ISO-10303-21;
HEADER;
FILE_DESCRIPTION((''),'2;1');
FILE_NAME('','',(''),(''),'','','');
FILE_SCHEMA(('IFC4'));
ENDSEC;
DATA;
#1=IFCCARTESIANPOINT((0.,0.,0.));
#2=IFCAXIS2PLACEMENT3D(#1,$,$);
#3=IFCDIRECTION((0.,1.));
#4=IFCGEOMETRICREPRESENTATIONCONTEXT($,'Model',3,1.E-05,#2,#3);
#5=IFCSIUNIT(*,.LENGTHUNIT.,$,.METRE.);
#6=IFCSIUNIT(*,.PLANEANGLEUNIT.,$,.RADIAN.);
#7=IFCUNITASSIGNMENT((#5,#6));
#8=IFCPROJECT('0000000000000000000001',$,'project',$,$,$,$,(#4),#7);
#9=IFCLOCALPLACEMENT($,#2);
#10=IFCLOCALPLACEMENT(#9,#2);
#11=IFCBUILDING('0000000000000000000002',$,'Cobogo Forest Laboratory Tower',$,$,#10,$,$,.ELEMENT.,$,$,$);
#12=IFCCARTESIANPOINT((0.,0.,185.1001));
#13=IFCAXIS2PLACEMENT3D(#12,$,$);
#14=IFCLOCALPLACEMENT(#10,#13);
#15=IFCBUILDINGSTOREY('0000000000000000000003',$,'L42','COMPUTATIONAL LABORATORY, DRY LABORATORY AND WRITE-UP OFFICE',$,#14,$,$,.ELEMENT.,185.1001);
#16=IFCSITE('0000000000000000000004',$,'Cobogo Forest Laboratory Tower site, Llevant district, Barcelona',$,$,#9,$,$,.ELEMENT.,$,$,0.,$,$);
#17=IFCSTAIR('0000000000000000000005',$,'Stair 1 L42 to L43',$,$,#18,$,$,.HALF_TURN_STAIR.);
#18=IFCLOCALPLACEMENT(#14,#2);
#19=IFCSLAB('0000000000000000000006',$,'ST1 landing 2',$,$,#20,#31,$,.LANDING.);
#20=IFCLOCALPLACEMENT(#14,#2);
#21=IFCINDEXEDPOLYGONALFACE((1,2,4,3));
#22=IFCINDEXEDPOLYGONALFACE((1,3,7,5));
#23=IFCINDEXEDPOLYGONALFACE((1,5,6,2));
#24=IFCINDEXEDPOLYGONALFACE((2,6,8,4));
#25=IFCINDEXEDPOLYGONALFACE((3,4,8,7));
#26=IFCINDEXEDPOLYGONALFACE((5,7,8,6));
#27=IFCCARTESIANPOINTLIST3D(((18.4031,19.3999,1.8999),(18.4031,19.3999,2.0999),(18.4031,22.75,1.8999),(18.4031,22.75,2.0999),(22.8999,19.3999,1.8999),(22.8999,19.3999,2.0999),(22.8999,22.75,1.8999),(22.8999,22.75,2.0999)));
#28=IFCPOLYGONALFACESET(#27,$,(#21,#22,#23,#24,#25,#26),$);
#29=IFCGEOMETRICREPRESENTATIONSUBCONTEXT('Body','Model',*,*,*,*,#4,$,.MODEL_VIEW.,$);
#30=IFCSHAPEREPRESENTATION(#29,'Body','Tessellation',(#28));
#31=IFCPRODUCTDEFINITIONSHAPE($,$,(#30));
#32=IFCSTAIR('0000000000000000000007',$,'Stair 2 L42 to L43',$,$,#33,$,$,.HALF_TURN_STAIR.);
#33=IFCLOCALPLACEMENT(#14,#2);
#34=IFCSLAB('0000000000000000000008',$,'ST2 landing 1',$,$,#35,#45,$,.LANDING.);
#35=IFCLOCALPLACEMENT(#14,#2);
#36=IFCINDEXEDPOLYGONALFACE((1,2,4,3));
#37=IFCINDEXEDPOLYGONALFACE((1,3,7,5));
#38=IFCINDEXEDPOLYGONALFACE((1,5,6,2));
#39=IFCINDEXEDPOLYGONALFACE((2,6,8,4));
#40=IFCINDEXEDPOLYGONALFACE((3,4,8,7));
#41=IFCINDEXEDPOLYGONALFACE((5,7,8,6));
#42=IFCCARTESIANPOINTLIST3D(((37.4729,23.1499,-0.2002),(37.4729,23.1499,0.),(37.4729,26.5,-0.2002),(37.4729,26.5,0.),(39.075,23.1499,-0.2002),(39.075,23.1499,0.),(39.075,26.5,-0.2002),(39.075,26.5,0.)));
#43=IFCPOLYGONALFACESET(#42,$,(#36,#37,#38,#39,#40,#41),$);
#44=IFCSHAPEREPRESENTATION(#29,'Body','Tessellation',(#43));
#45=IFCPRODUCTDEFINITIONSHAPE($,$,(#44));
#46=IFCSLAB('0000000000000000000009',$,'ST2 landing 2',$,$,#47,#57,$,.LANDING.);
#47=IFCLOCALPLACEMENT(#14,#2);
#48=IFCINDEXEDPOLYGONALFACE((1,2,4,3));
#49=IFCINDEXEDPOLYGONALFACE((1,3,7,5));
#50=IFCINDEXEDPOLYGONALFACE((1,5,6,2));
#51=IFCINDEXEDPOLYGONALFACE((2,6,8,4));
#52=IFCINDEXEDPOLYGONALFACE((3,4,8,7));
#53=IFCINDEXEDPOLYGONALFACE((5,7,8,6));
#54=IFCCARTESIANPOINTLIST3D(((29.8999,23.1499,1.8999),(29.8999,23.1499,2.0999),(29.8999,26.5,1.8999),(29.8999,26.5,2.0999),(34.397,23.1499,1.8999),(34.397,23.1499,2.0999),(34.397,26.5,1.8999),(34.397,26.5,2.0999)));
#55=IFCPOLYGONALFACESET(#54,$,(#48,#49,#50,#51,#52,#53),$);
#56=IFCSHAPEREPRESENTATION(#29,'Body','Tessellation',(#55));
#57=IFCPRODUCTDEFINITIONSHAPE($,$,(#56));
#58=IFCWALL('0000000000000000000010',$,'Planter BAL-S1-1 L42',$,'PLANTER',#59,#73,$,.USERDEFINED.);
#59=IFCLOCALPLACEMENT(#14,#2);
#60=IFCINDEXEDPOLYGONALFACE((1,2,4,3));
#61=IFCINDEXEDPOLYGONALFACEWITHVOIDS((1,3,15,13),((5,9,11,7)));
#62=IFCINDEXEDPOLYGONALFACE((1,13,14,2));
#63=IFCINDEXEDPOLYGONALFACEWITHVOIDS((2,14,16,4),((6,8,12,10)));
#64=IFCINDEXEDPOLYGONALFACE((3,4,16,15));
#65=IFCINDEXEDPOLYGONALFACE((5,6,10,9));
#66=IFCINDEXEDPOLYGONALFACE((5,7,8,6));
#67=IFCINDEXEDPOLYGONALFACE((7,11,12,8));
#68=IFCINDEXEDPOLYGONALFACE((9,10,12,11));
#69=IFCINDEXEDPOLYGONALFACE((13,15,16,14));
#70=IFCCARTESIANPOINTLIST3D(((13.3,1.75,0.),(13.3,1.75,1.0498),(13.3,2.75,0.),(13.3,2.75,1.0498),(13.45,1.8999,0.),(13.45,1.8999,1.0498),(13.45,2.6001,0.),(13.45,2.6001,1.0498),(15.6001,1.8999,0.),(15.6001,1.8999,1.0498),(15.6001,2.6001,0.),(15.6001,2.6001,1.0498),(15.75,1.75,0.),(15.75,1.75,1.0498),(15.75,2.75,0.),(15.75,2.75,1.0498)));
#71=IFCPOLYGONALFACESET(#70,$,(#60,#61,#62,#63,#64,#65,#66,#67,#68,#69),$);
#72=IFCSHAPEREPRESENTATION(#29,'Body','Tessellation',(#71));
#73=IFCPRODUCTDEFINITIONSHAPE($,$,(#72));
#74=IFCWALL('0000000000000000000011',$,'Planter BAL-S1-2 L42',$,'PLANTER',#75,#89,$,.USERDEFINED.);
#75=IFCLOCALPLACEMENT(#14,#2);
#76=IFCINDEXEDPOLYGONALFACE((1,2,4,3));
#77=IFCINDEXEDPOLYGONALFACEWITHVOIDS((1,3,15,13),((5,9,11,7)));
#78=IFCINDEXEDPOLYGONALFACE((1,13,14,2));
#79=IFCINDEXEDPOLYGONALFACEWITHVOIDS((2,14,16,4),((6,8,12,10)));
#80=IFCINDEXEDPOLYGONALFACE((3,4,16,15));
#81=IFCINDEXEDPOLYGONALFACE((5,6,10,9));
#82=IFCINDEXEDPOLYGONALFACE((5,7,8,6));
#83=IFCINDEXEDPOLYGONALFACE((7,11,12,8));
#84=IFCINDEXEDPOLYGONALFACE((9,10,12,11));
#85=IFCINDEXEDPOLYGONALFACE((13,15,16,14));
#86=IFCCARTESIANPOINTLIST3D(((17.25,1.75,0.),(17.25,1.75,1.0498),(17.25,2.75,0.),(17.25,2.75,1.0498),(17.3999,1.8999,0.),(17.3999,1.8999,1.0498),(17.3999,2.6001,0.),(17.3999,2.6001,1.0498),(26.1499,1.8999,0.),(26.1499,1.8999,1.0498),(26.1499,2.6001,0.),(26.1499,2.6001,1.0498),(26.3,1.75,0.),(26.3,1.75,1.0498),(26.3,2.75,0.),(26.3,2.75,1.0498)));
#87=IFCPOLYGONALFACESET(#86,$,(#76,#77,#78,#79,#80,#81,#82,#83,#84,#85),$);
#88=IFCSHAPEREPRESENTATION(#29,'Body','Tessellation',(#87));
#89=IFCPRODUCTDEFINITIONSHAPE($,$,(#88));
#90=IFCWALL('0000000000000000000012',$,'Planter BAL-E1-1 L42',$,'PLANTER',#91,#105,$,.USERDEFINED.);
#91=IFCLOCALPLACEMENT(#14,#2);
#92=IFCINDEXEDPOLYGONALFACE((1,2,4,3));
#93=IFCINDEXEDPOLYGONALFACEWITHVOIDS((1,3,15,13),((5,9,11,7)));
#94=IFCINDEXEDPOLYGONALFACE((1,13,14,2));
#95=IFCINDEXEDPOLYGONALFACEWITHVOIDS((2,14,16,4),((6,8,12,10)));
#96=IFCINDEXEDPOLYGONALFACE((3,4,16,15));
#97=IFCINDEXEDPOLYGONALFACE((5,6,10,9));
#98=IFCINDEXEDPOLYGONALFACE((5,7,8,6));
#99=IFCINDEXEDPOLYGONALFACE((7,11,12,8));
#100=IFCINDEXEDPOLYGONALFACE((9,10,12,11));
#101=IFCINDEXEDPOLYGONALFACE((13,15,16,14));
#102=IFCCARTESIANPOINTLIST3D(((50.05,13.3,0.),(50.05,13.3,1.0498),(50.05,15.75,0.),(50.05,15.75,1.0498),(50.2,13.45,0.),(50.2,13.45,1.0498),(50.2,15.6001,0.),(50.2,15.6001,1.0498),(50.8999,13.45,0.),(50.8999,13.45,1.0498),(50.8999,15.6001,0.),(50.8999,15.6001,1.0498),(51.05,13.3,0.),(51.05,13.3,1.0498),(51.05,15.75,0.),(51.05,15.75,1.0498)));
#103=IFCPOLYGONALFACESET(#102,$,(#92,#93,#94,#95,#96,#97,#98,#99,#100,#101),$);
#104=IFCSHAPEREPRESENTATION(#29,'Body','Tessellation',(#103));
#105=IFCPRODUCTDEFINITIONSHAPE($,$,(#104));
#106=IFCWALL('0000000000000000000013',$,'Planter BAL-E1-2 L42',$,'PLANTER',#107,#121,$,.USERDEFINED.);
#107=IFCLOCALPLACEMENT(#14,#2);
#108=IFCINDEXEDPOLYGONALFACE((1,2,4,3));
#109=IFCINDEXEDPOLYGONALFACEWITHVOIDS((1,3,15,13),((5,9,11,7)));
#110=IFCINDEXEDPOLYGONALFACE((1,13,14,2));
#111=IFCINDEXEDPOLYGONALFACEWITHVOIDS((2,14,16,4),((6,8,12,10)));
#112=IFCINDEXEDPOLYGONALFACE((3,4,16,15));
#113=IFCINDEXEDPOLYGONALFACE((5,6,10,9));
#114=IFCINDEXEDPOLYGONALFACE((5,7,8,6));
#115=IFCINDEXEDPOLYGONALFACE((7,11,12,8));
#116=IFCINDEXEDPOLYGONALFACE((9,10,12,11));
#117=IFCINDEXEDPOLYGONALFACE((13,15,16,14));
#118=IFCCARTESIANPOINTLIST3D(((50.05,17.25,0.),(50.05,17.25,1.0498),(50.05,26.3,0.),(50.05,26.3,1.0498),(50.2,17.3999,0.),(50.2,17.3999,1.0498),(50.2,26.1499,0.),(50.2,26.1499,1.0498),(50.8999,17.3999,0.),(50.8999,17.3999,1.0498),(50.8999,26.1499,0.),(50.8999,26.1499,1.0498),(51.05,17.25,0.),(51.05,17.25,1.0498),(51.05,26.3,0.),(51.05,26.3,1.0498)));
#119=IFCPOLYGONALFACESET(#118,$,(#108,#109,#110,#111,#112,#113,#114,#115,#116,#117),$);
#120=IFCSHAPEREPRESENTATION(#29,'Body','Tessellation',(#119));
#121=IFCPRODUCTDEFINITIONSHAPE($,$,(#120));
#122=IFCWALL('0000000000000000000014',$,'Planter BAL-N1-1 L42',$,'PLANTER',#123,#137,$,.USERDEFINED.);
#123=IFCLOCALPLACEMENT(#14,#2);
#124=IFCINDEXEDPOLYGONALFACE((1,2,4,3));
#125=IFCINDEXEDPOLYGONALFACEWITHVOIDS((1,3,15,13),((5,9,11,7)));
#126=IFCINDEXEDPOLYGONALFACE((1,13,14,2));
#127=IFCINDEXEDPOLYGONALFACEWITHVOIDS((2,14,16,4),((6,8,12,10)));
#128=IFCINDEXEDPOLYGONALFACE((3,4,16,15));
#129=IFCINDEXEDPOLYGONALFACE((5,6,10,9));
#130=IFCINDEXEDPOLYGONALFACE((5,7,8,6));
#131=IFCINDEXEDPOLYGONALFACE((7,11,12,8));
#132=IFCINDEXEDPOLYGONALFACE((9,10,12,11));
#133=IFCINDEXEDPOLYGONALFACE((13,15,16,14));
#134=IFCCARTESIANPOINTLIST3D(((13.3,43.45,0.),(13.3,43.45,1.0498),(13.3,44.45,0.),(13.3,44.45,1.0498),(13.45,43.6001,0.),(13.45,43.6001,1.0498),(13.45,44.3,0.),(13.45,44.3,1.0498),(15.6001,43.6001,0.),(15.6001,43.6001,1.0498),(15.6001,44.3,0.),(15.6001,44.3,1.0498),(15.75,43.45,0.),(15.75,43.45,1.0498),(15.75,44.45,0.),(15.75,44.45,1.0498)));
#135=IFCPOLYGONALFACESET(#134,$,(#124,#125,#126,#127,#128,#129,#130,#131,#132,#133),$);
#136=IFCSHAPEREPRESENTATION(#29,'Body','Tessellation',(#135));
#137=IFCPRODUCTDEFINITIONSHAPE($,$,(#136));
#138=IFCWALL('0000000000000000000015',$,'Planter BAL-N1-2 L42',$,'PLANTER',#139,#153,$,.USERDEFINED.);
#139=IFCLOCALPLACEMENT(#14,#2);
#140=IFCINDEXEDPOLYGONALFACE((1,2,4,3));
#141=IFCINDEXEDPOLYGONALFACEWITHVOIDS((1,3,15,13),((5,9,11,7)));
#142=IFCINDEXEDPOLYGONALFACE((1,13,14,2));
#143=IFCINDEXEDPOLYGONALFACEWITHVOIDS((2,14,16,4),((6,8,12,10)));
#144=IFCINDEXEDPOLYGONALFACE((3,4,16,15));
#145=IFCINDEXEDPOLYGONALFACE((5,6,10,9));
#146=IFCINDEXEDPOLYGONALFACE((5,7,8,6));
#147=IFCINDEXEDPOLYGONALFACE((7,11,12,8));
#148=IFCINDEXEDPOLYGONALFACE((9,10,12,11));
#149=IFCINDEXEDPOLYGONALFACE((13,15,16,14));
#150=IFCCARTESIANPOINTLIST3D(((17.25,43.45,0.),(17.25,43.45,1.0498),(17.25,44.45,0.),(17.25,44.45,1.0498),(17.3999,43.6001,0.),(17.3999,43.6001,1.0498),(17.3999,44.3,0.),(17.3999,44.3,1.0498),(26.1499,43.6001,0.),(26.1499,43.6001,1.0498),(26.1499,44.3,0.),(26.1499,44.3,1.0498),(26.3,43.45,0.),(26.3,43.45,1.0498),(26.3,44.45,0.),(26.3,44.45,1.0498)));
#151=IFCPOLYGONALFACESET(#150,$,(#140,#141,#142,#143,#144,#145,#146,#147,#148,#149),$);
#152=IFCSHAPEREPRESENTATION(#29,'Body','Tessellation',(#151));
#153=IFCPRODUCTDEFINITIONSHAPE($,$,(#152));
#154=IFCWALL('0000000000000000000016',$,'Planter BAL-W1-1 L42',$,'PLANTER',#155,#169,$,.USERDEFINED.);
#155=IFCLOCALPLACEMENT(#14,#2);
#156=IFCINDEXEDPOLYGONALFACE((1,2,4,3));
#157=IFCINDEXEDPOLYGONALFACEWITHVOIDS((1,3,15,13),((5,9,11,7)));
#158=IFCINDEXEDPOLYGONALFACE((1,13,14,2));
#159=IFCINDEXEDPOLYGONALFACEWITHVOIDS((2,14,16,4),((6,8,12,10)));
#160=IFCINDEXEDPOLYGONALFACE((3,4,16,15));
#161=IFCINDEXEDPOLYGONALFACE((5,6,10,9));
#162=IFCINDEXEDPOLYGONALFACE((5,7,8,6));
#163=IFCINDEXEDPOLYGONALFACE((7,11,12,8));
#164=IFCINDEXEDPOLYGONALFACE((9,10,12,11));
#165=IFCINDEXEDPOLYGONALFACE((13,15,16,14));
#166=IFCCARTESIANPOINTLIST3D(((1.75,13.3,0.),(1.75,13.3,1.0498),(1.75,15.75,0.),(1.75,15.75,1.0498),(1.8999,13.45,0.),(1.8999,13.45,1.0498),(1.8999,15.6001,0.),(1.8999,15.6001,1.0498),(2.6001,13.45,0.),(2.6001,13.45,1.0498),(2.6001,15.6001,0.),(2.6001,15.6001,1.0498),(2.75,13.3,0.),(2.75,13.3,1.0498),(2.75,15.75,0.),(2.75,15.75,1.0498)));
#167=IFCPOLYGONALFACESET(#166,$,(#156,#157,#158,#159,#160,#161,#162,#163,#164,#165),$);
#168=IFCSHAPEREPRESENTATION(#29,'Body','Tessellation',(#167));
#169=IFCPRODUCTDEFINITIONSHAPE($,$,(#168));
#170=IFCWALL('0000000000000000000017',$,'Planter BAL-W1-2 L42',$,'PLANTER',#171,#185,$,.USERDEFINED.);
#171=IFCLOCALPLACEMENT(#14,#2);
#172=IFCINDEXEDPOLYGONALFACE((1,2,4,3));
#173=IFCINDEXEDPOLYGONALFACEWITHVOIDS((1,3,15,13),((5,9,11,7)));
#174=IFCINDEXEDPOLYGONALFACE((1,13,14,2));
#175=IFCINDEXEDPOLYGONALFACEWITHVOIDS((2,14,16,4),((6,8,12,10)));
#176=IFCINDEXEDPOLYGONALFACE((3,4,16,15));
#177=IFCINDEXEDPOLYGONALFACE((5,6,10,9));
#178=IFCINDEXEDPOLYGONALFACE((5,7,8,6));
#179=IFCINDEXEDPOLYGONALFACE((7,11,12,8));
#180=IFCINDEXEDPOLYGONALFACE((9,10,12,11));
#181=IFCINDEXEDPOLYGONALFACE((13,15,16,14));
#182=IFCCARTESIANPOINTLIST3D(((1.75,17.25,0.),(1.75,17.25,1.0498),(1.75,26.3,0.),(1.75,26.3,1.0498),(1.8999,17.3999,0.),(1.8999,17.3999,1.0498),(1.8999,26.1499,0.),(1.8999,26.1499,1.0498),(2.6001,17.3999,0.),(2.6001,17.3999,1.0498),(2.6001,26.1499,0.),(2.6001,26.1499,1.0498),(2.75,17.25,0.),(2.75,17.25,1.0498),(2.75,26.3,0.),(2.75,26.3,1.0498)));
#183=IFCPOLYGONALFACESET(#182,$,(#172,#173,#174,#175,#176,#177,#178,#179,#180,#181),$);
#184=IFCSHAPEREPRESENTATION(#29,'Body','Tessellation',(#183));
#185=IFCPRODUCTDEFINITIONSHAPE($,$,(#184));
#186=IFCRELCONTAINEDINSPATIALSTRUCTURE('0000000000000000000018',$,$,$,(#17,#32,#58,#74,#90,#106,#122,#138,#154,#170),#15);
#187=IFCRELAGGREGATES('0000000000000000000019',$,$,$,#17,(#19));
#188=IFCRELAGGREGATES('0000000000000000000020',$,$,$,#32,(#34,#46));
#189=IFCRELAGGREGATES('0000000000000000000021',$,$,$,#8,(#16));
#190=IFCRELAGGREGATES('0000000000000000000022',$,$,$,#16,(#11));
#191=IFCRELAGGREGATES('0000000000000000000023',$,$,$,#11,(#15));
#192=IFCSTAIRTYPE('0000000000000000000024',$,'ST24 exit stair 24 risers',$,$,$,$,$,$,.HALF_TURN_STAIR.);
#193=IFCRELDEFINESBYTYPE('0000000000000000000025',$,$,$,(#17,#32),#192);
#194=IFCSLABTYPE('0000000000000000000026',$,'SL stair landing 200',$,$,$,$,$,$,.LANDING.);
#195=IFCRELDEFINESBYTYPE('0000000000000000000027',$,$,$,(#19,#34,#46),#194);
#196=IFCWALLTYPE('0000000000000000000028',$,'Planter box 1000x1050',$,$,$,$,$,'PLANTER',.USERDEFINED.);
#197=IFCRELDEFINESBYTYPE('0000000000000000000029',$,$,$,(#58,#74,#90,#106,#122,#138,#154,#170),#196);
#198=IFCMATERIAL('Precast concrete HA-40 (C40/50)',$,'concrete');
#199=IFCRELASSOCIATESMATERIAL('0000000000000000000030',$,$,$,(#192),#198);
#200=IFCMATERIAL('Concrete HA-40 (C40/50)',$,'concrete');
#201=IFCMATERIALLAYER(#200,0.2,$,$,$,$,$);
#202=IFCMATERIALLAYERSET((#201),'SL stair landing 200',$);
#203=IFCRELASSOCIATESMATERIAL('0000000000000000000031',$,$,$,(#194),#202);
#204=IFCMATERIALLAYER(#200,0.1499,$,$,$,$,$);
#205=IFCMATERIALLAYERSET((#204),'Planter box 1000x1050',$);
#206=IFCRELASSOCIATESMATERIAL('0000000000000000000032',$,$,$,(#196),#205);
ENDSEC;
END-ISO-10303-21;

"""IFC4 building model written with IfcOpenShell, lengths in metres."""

from ifc_helpers import new_model, si_unit, direction, frame, origin, place, context, subcontext, project, spatial, polyline, outline, extrude, material, layer, layer_set, type_object, element, aggregate, save


model = new_model("IFC4")

# Units and contexts
model_context = context("Model", 3, precision=1e-05, world=origin(), true_north=direction((0.0, 1.0)))
body_context = subcontext(model_context, "Body", "Model", "MODEL_VIEW")
ifc_project = project(units=[si_unit("LENGTHUNIT", "METRE"), si_unit("PLANEANGLEUNIT", "RADIAN")], contexts=[model_context])

# Site, building, storey
site_placement = place(None, origin())
site = spatial("IfcSite", under=ifc_project, at=site_placement, Name="Cobogo Forest Laboratory Tower site, Llevant district, Barcelona", CompositionType="ELEMENT", RefElevation=0.0)
building_placement = place(site_placement, origin())
building = spatial("IfcBuilding", under=site, at=building_placement, Name="Cobogo Forest Laboratory Tower", CompositionType="ELEMENT")
storey_placement = place(building_placement, frame((0.0, 0.0, 185.1001)))
storey = spatial("IfcBuildingStorey", under=building, at=storey_placement, Name="L42", Description="COMPUTATIONAL LABORATORY, DRY LABORATORY AND WRITE-UP OFFICE", CompositionType="ELEMENT", Elevation=185.1001)

# Shared definitions
ifc_material_1 = material(Name="Concrete HA-40 (C40/50)", Category="concrete")

# Stairs, slabs
ifc_material_2 = material(Name="Precast concrete HA-40 (C40/50)", Category="concrete")
stair_type = type_object("IfcStairType", Name="ST24 exit stair 24 risers", PredefinedType="HALF_TURN_STAIR", material=ifc_material_2)
stair_1_placement = place(storey_placement, origin())
stair_1 = element("IfcStair", 1, at=stair_1_placement, inside=storey, type_object=stair_type, Name="Stair 1 L42 to L43", PredefinedType="HALF_TURN_STAIR")
ifc_layer_1 = layer(ifc_material_1, 0.2)
ifc_layer_set_1 = layer_set([ifc_layer_1], Name="SL stair landing 200")
slab_type_1 = type_object("IfcSlabType", Name="SL stair landing 200", PredefinedType="LANDING", material=ifc_layer_set_1)
slab_1_placement = place(storey_placement, frame((0.0, 0.0, 1.8999)))
slab_1 = element("IfcSlab", 2, at=slab_1_placement, type_object=slab_type_1, Name="ST1 landing 2", PredefinedType="LANDING", context=body_context, shape_type="SweptSolid", body=[
    extrude(outline(polyline([(18.4031, 19.3999), (22.8999, 19.3999), (22.8999, 22.75), (18.4031, 22.75), (18.4031, 19.3999)])), origin(), (0.0, 0.0, 1.0), 0.2),
])
aggregate(stair_1, [slab_1])
stair_2_placement = place(storey_placement, origin())
stair_2 = element("IfcStair", 3, at=stair_2_placement, inside=storey, type_object=stair_type, Name="Stair 2 L42 to L43", PredefinedType="HALF_TURN_STAIR")
slab_2_placement = place(storey_placement, frame((0.0, 0.0, -0.2002)))
slab_2 = element("IfcSlab", 4, at=slab_2_placement, type_object=slab_type_1, Name="ST2 landing 1", PredefinedType="LANDING", context=body_context, shape_type="SweptSolid", body=[
    extrude(outline(polyline([(37.4729, 23.1499), (39.075, 23.1499), (39.075, 26.5), (37.4729, 26.5), (37.4729, 23.1499)])), origin(), (0.0, 0.0, 1.0), 0.2002),
])
slab_3_placement = place(storey_placement, frame((0.0, 0.0, 1.8999)))
slab_3 = element("IfcSlab", 5, at=slab_3_placement, type_object=slab_type_1, Name="ST2 landing 2", PredefinedType="LANDING", context=body_context, shape_type="SweptSolid", body=[
    extrude(outline(polyline([(29.8999, 23.1499), (34.397, 23.1499), (34.397, 26.5), (29.8999, 26.5), (29.8999, 23.1499)])), origin(), (0.0, 0.0, 1.0), 0.2),
])
aggregate(stair_2, [slab_2, slab_3])

# Walls
ifc_layer_2 = layer(ifc_material_1, 0.1499)
ifc_layer_set_2 = layer_set([ifc_layer_2], Name="Planter box 1000x1050")
wall_type = type_object("IfcWallType", Name="Planter box 1000x1050", ElementType="PLANTER", PredefinedType="USERDEFINED", material=ifc_layer_set_2)
wall_1_placement = place(storey_placement, origin())
element("IfcWall", 6, at=wall_1_placement, inside=storey, type_object=wall_type, Name="Planter BAL-S1-1 L42", ObjectType="PLANTER", PredefinedType="USERDEFINED", context=body_context, shape_type="SweptSolid", body=[
    extrude(outline(polyline([(13.3, 1.75), (15.75, 1.75), (15.75, 2.75), (13.3, 2.75), (13.3, 1.75)]), holes=[polyline([(13.45, 1.8999), (15.6001, 1.8999), (15.6001, 2.6001), (13.45, 2.6001), (13.45, 1.8999)])]), origin(), (0.0, 0.0, 1.0), 1.0498),
])
wall_2_placement = place(storey_placement, origin())
element("IfcWall", 7, at=wall_2_placement, inside=storey, type_object=wall_type, Name="Planter BAL-S1-2 L42", ObjectType="PLANTER", PredefinedType="USERDEFINED", context=body_context, shape_type="SweptSolid", body=[
    extrude(outline(polyline([(17.25, 1.75), (26.3, 1.75), (26.3, 2.75), (17.25, 2.75), (17.25, 1.75)]), holes=[polyline([(17.3999, 1.8999), (26.1499, 1.8999), (26.1499, 2.6001), (17.3999, 2.6001), (17.3999, 1.8999)])]), origin(), (0.0, 0.0, 1.0), 1.0498),
])
wall_3_placement = place(storey_placement, origin())
element("IfcWall", 8, at=wall_3_placement, inside=storey, type_object=wall_type, Name="Planter BAL-E1-1 L42", ObjectType="PLANTER", PredefinedType="USERDEFINED", context=body_context, shape_type="SweptSolid", body=[
    extrude(outline(polyline([(50.05, 13.3), (51.05, 13.3), (51.05, 15.75), (50.05, 15.75), (50.05, 13.3)]), holes=[polyline([(50.2, 13.45), (50.8999, 13.45), (50.8999, 15.6001), (50.2, 15.6001), (50.2, 13.45)])]), origin(), (0.0, 0.0, 1.0), 1.0498),
])
wall_4_placement = place(storey_placement, origin())
element("IfcWall", 9, at=wall_4_placement, inside=storey, type_object=wall_type, Name="Planter BAL-E1-2 L42", ObjectType="PLANTER", PredefinedType="USERDEFINED", context=body_context, shape_type="SweptSolid", body=[
    extrude(outline(polyline([(50.05, 17.25), (51.05, 17.25), (51.05, 26.3), (50.05, 26.3), (50.05, 17.25)]), holes=[polyline([(50.2, 17.3999), (50.8999, 17.3999), (50.8999, 26.1499), (50.2, 26.1499), (50.2, 17.3999)])]), origin(), (0.0, 0.0, 1.0), 1.0498),
])
wall_5_placement = place(storey_placement, origin())
element("IfcWall", 10, at=wall_5_placement, inside=storey, type_object=wall_type, Name="Planter BAL-N1-1 L42", ObjectType="PLANTER", PredefinedType="USERDEFINED", context=body_context, shape_type="SweptSolid", body=[
    extrude(outline(polyline([(13.3, 43.45), (15.75, 43.45), (15.75, 44.45), (13.3, 44.45), (13.3, 43.45)]), holes=[polyline([(13.45, 43.6001), (15.6001, 43.6001), (15.6001, 44.3), (13.45, 44.3), (13.45, 43.6001)])]), origin(), (0.0, 0.0, 1.0), 1.0498),
])
wall_6_placement = place(storey_placement, origin())
element("IfcWall", 11, at=wall_6_placement, inside=storey, type_object=wall_type, Name="Planter BAL-N1-2 L42", ObjectType="PLANTER", PredefinedType="USERDEFINED", context=body_context, shape_type="SweptSolid", body=[
    extrude(outline(polyline([(17.25, 43.45), (26.3, 43.45), (26.3, 44.45), (17.25, 44.45), (17.25, 43.45)]), holes=[polyline([(17.3999, 43.6001), (26.1499, 43.6001), (26.1499, 44.3), (17.3999, 44.3), (17.3999, 43.6001)])]), origin(), (0.0, 0.0, 1.0), 1.0498),
])
wall_7_placement = place(storey_placement, origin())
element("IfcWall", 12, at=wall_7_placement, inside=storey, type_object=wall_type, Name="Planter BAL-W1-1 L42", ObjectType="PLANTER", PredefinedType="USERDEFINED", context=body_context, shape_type="SweptSolid", body=[
    extrude(outline(polyline([(1.75, 13.3), (2.75, 13.3), (2.75, 15.75), (1.75, 15.75), (1.75, 13.3)]), holes=[polyline([(1.8999, 13.45), (2.6001, 13.45), (2.6001, 15.6001), (1.8999, 15.6001), (1.8999, 13.45)])]), origin(), (0.0, 0.0, 1.0), 1.0498),
])
wall_8_placement = place(storey_placement, origin())
element("IfcWall", 13, at=wall_8_placement, inside=storey, type_object=wall_type, Name="Planter BAL-W1-2 L42", ObjectType="PLANTER", PredefinedType="USERDEFINED", context=body_context, shape_type="SweptSolid", body=[
    extrude(outline(polyline([(1.75, 17.25), (2.75, 17.25), (2.75, 26.3), (1.75, 26.3), (1.75, 17.25)]), holes=[polyline([(1.8999, 17.3999), (2.6001, 17.3999), (2.6001, 26.1499), (1.8999, 26.1499), (1.8999, 17.3999)])]), origin(), (0.0, 0.0, 1.0), 1.0498),
])

save(model, "model.ifc")
